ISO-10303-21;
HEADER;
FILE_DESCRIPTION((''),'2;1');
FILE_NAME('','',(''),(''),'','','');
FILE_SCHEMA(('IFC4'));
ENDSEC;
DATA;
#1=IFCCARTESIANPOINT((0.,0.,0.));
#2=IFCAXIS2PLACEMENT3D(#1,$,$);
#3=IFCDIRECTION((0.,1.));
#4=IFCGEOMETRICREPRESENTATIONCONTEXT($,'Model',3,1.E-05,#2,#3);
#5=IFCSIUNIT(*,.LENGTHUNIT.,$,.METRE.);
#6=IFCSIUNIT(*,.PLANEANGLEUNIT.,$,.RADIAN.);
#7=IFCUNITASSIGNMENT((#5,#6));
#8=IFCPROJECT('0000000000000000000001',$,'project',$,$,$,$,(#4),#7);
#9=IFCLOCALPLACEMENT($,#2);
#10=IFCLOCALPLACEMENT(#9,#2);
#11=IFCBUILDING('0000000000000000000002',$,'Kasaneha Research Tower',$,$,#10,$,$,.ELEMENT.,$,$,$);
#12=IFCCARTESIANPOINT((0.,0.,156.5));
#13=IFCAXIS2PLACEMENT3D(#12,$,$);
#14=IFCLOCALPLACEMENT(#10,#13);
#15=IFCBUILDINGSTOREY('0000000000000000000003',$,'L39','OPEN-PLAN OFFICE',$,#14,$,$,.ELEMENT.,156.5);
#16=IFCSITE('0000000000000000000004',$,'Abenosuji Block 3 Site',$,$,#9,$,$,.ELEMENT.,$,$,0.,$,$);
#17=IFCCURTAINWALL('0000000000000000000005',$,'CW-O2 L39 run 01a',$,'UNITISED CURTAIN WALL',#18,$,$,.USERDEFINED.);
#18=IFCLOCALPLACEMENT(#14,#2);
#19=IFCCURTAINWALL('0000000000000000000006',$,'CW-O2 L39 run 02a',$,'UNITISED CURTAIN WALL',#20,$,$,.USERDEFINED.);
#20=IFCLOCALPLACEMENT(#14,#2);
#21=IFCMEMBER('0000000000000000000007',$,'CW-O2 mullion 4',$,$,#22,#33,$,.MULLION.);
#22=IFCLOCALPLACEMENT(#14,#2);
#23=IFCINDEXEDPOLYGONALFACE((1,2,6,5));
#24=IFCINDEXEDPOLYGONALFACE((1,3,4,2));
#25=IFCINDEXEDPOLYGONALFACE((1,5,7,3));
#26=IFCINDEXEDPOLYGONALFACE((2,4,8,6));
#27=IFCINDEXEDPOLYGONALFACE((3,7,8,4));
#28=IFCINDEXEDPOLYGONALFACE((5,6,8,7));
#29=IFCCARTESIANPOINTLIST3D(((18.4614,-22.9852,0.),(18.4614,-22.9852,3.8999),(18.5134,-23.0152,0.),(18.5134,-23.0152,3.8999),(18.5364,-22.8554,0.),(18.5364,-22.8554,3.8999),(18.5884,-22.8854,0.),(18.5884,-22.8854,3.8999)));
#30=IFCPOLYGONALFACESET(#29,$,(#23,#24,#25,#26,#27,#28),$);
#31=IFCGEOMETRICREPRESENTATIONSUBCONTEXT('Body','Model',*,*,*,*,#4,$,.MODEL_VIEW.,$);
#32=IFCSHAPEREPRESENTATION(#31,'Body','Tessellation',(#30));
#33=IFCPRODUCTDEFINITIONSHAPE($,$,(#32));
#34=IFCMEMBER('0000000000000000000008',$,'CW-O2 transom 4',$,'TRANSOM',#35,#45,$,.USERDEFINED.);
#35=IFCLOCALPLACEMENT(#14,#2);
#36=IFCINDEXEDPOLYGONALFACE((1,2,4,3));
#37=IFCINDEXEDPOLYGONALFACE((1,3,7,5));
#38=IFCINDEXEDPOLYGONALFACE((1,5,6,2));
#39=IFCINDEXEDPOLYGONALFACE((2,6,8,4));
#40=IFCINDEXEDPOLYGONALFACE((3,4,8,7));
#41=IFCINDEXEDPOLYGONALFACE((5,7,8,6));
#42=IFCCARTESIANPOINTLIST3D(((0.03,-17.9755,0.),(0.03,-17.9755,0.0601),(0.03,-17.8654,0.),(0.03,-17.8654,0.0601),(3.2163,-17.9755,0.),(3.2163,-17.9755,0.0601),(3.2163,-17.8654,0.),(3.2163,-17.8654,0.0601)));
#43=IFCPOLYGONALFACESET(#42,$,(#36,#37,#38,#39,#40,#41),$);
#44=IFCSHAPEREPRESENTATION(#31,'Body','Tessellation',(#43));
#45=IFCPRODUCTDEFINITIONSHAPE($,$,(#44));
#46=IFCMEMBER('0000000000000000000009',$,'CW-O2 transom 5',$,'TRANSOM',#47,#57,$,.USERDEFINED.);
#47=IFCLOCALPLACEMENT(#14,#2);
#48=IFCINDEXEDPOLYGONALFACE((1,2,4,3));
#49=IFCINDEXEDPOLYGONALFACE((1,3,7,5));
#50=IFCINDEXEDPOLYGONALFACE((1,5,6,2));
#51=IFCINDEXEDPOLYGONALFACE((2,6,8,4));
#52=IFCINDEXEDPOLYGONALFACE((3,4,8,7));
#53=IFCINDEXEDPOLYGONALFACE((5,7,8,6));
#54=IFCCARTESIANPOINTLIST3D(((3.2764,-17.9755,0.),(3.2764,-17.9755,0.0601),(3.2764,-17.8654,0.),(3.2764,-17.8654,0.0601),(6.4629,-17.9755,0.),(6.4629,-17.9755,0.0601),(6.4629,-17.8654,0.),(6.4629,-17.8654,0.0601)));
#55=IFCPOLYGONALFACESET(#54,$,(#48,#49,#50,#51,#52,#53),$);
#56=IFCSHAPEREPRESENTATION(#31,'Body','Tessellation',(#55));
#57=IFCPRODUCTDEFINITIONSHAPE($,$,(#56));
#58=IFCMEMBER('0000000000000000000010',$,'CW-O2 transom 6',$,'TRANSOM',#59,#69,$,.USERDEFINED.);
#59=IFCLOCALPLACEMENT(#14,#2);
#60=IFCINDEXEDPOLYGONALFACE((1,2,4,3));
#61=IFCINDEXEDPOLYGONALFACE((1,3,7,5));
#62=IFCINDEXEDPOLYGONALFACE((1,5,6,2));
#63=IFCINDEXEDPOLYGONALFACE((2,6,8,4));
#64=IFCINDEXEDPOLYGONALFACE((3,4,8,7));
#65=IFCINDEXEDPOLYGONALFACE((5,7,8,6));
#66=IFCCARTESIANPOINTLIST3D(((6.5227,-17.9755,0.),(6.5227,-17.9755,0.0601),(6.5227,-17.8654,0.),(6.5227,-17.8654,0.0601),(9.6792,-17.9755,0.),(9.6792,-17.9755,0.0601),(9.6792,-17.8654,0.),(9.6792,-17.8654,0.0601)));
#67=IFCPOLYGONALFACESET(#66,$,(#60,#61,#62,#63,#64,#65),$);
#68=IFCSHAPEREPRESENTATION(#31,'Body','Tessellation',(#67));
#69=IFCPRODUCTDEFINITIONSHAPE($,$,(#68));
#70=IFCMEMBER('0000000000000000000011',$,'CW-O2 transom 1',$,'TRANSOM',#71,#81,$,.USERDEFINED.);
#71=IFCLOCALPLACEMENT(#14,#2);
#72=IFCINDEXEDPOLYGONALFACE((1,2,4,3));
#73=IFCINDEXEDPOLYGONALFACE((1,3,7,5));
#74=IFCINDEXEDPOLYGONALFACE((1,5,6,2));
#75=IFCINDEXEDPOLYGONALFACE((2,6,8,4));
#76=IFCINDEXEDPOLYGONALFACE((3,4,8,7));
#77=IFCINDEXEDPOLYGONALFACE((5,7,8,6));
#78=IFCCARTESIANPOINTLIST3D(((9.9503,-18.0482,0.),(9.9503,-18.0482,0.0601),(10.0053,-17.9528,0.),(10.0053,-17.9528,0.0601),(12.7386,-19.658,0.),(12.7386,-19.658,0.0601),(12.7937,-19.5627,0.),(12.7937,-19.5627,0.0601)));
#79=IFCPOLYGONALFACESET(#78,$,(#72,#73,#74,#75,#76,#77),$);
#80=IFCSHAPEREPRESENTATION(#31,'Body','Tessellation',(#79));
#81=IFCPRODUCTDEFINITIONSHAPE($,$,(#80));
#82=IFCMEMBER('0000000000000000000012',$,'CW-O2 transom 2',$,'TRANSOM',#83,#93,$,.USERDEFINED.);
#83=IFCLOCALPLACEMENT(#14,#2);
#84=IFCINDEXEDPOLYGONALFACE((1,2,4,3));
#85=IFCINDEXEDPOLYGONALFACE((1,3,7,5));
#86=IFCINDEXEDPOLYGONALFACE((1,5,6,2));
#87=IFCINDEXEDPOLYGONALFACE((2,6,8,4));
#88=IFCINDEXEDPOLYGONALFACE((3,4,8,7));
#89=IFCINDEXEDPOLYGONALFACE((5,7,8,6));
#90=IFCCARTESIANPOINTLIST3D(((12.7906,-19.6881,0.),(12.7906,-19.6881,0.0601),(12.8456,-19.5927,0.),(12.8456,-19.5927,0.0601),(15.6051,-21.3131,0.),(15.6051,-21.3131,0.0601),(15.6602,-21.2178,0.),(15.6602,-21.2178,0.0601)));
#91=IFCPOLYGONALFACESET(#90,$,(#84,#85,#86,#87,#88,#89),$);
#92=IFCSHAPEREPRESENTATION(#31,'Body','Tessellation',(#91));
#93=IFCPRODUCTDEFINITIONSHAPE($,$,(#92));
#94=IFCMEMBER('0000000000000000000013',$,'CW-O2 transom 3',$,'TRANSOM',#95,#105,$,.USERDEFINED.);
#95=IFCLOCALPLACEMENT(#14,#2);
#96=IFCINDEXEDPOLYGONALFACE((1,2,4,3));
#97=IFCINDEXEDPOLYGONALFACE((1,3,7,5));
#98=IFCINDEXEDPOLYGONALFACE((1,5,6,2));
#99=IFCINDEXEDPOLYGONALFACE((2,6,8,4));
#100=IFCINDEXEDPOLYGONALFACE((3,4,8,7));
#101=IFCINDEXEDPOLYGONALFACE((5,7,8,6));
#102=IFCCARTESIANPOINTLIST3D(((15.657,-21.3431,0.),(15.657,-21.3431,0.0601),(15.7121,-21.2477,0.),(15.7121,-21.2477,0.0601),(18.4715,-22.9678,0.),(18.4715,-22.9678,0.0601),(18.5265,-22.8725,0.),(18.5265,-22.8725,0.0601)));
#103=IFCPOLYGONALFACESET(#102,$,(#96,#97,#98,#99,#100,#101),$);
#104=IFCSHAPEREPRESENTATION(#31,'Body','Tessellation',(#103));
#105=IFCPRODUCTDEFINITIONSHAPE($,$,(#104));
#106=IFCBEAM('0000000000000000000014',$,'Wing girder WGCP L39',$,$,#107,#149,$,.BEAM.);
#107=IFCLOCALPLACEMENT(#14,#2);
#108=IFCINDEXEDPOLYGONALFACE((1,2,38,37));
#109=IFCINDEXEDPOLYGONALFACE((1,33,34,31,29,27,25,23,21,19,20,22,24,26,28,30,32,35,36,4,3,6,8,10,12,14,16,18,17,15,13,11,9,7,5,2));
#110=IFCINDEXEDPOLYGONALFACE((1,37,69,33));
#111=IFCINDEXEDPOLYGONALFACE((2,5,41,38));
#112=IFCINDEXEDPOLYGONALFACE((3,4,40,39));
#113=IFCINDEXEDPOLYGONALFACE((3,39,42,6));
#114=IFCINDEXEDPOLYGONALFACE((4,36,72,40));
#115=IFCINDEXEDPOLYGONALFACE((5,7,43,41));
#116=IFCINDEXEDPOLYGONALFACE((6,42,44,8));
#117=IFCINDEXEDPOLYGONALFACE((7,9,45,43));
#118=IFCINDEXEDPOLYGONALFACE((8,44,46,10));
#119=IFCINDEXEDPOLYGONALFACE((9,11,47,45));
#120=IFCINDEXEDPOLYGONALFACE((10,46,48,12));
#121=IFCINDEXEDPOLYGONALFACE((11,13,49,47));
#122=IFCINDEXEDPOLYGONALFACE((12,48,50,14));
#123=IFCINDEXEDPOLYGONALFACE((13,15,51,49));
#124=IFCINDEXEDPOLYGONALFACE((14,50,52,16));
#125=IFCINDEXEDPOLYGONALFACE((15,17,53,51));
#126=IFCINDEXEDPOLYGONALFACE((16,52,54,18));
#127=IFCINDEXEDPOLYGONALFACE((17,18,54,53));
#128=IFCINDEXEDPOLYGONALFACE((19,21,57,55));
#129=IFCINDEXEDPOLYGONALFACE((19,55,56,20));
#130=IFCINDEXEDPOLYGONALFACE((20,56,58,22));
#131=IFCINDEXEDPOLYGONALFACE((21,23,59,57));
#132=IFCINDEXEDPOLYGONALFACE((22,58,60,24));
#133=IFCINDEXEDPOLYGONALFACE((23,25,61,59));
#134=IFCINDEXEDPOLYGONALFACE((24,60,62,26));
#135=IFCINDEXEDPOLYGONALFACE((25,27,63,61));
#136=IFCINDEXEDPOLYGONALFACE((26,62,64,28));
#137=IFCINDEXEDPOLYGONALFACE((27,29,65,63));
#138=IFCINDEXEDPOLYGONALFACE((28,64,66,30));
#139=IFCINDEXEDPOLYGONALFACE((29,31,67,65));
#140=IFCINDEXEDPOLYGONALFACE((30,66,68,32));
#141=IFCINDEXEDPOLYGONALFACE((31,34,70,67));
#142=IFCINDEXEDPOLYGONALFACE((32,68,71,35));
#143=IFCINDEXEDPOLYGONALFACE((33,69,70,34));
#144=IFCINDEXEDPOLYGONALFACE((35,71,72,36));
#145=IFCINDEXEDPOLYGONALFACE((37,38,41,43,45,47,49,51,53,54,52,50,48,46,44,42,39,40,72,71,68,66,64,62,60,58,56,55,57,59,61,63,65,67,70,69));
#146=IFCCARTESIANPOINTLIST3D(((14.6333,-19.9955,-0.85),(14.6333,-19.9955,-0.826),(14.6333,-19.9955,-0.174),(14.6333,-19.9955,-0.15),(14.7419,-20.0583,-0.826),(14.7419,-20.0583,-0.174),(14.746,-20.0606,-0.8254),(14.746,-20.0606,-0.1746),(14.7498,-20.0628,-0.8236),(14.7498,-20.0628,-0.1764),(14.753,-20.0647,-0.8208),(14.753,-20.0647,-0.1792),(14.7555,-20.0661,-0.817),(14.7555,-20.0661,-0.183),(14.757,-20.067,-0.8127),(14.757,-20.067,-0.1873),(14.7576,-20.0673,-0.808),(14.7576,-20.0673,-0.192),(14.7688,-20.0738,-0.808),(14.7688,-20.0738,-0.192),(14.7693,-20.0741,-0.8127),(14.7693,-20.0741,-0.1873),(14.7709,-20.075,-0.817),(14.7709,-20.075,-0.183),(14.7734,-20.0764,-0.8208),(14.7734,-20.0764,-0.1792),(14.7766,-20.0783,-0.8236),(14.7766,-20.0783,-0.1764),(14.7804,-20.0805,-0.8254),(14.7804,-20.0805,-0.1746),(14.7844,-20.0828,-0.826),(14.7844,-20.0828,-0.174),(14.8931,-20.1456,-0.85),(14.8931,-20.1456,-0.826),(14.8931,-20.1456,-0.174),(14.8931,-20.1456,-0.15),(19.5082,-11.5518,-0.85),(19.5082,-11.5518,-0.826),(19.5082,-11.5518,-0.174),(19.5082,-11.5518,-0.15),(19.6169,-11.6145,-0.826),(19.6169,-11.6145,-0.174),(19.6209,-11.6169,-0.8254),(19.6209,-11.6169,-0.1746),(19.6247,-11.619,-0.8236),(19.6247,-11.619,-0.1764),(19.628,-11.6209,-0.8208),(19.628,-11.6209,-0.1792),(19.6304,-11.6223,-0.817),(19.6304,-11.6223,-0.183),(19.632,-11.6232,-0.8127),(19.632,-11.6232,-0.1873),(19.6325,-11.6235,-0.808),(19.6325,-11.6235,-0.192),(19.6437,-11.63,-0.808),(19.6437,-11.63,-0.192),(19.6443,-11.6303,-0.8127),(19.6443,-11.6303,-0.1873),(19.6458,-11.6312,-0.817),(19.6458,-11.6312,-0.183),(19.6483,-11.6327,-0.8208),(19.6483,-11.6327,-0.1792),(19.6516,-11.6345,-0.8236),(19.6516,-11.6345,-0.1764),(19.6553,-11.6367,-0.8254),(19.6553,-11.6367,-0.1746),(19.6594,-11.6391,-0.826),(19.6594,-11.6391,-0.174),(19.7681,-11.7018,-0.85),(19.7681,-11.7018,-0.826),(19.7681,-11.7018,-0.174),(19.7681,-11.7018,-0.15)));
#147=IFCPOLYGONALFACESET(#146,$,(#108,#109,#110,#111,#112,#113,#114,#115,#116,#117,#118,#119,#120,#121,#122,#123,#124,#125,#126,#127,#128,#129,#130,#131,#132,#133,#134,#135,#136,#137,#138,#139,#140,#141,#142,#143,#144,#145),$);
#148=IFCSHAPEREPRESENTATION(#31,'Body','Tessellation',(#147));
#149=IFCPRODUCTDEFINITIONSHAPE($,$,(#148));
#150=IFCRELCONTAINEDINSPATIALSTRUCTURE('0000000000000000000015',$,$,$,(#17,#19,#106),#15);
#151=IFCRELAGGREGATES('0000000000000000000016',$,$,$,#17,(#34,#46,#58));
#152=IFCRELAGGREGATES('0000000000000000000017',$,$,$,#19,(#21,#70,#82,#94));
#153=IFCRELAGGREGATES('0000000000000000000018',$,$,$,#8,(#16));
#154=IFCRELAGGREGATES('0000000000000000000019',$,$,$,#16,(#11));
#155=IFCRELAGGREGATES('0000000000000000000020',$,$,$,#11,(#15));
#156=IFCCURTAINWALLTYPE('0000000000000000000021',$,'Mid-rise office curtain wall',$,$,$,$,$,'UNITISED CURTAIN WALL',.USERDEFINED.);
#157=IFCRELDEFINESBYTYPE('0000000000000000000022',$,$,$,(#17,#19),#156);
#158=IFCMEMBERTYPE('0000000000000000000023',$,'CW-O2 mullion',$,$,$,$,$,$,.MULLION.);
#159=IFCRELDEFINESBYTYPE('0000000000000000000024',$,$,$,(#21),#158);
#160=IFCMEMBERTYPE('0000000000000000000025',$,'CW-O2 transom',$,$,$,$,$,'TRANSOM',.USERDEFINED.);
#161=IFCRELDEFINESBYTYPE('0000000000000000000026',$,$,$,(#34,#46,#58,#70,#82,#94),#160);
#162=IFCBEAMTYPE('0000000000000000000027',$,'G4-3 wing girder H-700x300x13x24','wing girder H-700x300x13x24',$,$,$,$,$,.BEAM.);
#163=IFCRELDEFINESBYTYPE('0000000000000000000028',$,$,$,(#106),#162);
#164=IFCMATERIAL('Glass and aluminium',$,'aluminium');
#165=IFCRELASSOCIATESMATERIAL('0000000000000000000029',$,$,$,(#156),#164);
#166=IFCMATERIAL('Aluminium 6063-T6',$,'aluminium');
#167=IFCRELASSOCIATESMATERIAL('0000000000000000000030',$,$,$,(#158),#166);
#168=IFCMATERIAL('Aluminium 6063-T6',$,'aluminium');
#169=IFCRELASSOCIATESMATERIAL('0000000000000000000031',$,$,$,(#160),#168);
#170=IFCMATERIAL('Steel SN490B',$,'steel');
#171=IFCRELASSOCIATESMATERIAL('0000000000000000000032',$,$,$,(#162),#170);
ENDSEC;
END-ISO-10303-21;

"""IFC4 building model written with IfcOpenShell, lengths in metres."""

from ifc_helpers import new_model, si_unit, direction, frame, origin, origin_2d, place, context, subcontext, project, spatial, rectangle, i_section, extrude, material, material_profile, profile_set, type_object, element, aggregate, save


model = new_model("IFC4")

# Units and contexts
model_context = context("Model", 3, precision=1e-05, world=origin(), true_north=direction((0.0, 1.0)))
body_context = subcontext(model_context, "Body", "Model", "MODEL_VIEW")
ifc_project = project(units=[si_unit("LENGTHUNIT", "METRE"), si_unit("PLANEANGLEUNIT", "RADIAN")], contexts=[model_context])

# Site, building, storey
site_placement = place(None, origin())
site = spatial("IfcSite", under=ifc_project, at=site_placement, Name="Abenosuji Block 3 Site", CompositionType="ELEMENT", RefElevation=0.0)
building_placement = place(site_placement, origin())
building = spatial("IfcBuilding", under=site, at=building_placement, Name="Kasaneha Research Tower", CompositionType="ELEMENT")
storey_placement = place(building_placement, frame((0.0, 0.0, 156.5)))
storey = spatial("IfcBuildingStorey", under=building, at=storey_placement, Name="L39", Description="OPEN-PLAN OFFICE", CompositionType="ELEMENT", Elevation=156.5)

# Curtain walls, member
ifc_material_1 = material(Name="Glass and aluminium", Category="aluminium")
curtain_wall_type = type_object("IfcCurtainWallType", Name="Mid-rise office curtain wall", ElementType="UNITISED CURTAIN WALL", PredefinedType="USERDEFINED", material=ifc_material_1)
curtain_wall_1_placement = place(storey_placement, origin())
curtain_wall_1 = element("IfcCurtainWall", 1, at=curtain_wall_1_placement, inside=storey, type_object=curtain_wall_type, Name="CW-O2 L39 run 01a", ObjectType="UNITISED CURTAIN WALL", PredefinedType="USERDEFINED")
ifc_material_2 = material(Name="Aluminium 6063-T6", Category="aluminium")
ifc_material_profile_1 = material_profile(ifc_material_2, rectangle(XDim=0.0601, YDim=0.1499, at=origin_2d()), Name="CW-O2 mullion 60x150")
ifc_profile_set_1 = profile_set([ifc_material_profile_1], Name="Aluminium 6063-T6")
member_type_1 = type_object("IfcMemberType", Name="CW-O2 mullion", PredefinedType="MULLION", material=ifc_profile_set_1)
curtain_wall_2_placement = place(storey_placement, origin())
curtain_wall_2 = element("IfcCurtainWall", 2, at=curtain_wall_2_placement, inside=storey, type_object=curtain_wall_type, Name="CW-O2 L39 run 02a", ObjectType="UNITISED CURTAIN WALL", PredefinedType="USERDEFINED")
member_1_placement = place(storey_placement, frame((18.5249, -22.9353, 0.0), z_axis=(0.0, 0.0, 1.0), x_axis=(0.866025, -0.5, 0.0)))
member_1 = element("IfcMember", 3, at=member_1_placement, type_object=member_type_1, Name="CW-O2 mullion 4", PredefinedType="MULLION", context=body_context, shape_type="SweptSolid", body=[
    extrude(rectangle(XDim=0.0601, YDim=0.1499, at=origin_2d()), origin(), (0.0, 0.0, 1.0), 3.8999),
])

# Members
ifc_material_3 = material(Name="Aluminium 6063-T6", Category="aluminium")
ifc_material_profile_2 = material_profile(ifc_material_3, rectangle(XDim=0.1101, YDim=0.0601, at=origin_2d()), Name="CW-O2 transom 110x60")
ifc_profile_set_2 = profile_set([ifc_material_profile_2], Name="Aluminium 6063-T6")
member_type_2 = type_object("IfcMemberType", Name="CW-O2 transom", ElementType="TRANSOM", PredefinedType="USERDEFINED", material=ifc_profile_set_2)
member_2_placement = place(storey_placement, frame((0.03, -17.9204, 0.03), z_axis=(1.0, 0.0, 0.0), x_axis=(0.0, 1.0, 0.0)))
member_2 = element("IfcMember", 4, at=member_2_placement, type_object=member_type_2, Name="CW-O2 transom 4", ObjectType="TRANSOM", PredefinedType="USERDEFINED", context=body_context, shape_type="SweptSolid", body=[
    extrude(rectangle(XDim=0.1101, YDim=0.0601, at=origin_2d()), origin(), (0.0, 0.0, 1.0), 3.1863),
])
member_3_placement = place(storey_placement, frame((3.2764, -17.9204, 0.03), z_axis=(1.0, 0.0, 0.0), x_axis=(0.0, 1.0, 0.0)))
member_3 = element("IfcMember", 5, at=member_3_placement, type_object=member_type_2, Name="CW-O2 transom 5", ObjectType="TRANSOM", PredefinedType="USERDEFINED", context=body_context, shape_type="SweptSolid", body=[
    extrude(rectangle(XDim=0.1101, YDim=0.0601, at=origin_2d()), origin(), (0.0, 0.0, 1.0), 3.1865),
])
member_4_placement = place(storey_placement, frame((6.5227, -17.9204, 0.03), z_axis=(1.0, 0.0, 0.0), x_axis=(0.0, 1.0, 0.0)))
member_4 = element("IfcMember", 6, at=member_4_placement, type_object=member_type_2, Name="CW-O2 transom 6", ObjectType="TRANSOM", PredefinedType="USERDEFINED", context=body_context, shape_type="SweptSolid", body=[
    extrude(rectangle(XDim=0.1101, YDim=0.0601, at=origin_2d()), origin(), (0.0, 0.0, 1.0), 3.1565),
])
member_5_placement = place(storey_placement, frame((9.9778, -18.0005, 0.03), z_axis=(0.866023, -0.500005, 0.0), x_axis=(0.500005, 0.866023, 0.0)))
member_5 = element("IfcMember", 7, at=member_5_placement, type_object=member_type_2, Name="CW-O2 transom 1", ObjectType="TRANSOM", PredefinedType="USERDEFINED", context=body_context, shape_type="SweptSolid", body=[
    extrude(rectangle(XDim=0.1101, YDim=0.0601, at=origin_2d()), origin(), (0.0, 0.0, 1.0), 3.2197),
])
member_6_placement = place(storey_placement, frame((12.8181, -19.6404, 0.03), z_axis=(0.866015, -0.500017, 0.0), x_axis=(0.500017, 0.866015, 0.0)))
member_6 = element("IfcMember", 8, at=member_6_placement, type_object=member_type_2, Name="CW-O2 transom 2", ObjectType="TRANSOM", PredefinedType="USERDEFINED", context=body_context, shape_type="SweptSolid", body=[
    extrude(rectangle(XDim=0.1101, YDim=0.0601, at=origin_2d()), origin(), (0.0, 0.0, 1.0), 3.25),
])
member_7_placement = place(storey_placement, frame((15.6846, -21.2954, 0.03), z_axis=(0.866048, -0.499961, 0.0), x_axis=(0.499961, 0.866048, 0.0)))
member_7 = element("IfcMember", 9, at=member_7_placement, type_object=member_type_2, Name="CW-O2 transom 3", ObjectType="TRANSOM", PredefinedType="USERDEFINED", context=body_context, shape_type="SweptSolid", body=[
    extrude(rectangle(XDim=0.1101, YDim=0.0601, at=origin_2d()), origin(), (0.0, 0.0, 1.0), 3.2498),
])

# Beam
ifc_material_4 = material(Name="Steel SN490B", Category="steel")
ifc_material_profile_3 = material_profile(ifc_material_4, i_section(OverallWidth=0.3, OverallDepth=0.7, WebThickness=0.0129, FlangeThickness=0.0239, FilletRadius=0.0181, at=origin_2d()), Name="H-700x300x13x24")
ifc_profile_set_3 = profile_set([ifc_material_profile_3], Name="Steel SN490B")
beam_type_1 = type_object("IfcBeamType", Name="G4-3 wing girder H-700x300x13x24", Description="wing girder H-700x300x13x24", PredefinedType="BEAM", material=ifc_profile_set_3)
beam_1_placement = place(storey_placement, frame((14.7632, -20.0706, -0.5), z_axis=(0.499996, 0.866028, 0.0), x_axis=(-0.866028, 0.499996, 0.0)))
element("IfcBeam", 10, at=beam_1_placement, inside=storey, type_object=beam_type_1, Name="Wing girder WGCP L39", PredefinedType="BEAM", context=body_context, shape_type="SweptSolid", body=[
    extrude(i_section(OverallWidth=0.3, OverallDepth=0.7, WebThickness=0.0129, FlangeThickness=0.0239, FilletRadius=0.0181, at=origin_2d()), origin(), (0.0, 0.0, 1.0), 9.75),
])

aggregate(curtain_wall_1, [member_2, member_3, member_4])
aggregate(curtain_wall_2, [member_1, member_5, member_6, member_7])

save(model, "model.ifc")
